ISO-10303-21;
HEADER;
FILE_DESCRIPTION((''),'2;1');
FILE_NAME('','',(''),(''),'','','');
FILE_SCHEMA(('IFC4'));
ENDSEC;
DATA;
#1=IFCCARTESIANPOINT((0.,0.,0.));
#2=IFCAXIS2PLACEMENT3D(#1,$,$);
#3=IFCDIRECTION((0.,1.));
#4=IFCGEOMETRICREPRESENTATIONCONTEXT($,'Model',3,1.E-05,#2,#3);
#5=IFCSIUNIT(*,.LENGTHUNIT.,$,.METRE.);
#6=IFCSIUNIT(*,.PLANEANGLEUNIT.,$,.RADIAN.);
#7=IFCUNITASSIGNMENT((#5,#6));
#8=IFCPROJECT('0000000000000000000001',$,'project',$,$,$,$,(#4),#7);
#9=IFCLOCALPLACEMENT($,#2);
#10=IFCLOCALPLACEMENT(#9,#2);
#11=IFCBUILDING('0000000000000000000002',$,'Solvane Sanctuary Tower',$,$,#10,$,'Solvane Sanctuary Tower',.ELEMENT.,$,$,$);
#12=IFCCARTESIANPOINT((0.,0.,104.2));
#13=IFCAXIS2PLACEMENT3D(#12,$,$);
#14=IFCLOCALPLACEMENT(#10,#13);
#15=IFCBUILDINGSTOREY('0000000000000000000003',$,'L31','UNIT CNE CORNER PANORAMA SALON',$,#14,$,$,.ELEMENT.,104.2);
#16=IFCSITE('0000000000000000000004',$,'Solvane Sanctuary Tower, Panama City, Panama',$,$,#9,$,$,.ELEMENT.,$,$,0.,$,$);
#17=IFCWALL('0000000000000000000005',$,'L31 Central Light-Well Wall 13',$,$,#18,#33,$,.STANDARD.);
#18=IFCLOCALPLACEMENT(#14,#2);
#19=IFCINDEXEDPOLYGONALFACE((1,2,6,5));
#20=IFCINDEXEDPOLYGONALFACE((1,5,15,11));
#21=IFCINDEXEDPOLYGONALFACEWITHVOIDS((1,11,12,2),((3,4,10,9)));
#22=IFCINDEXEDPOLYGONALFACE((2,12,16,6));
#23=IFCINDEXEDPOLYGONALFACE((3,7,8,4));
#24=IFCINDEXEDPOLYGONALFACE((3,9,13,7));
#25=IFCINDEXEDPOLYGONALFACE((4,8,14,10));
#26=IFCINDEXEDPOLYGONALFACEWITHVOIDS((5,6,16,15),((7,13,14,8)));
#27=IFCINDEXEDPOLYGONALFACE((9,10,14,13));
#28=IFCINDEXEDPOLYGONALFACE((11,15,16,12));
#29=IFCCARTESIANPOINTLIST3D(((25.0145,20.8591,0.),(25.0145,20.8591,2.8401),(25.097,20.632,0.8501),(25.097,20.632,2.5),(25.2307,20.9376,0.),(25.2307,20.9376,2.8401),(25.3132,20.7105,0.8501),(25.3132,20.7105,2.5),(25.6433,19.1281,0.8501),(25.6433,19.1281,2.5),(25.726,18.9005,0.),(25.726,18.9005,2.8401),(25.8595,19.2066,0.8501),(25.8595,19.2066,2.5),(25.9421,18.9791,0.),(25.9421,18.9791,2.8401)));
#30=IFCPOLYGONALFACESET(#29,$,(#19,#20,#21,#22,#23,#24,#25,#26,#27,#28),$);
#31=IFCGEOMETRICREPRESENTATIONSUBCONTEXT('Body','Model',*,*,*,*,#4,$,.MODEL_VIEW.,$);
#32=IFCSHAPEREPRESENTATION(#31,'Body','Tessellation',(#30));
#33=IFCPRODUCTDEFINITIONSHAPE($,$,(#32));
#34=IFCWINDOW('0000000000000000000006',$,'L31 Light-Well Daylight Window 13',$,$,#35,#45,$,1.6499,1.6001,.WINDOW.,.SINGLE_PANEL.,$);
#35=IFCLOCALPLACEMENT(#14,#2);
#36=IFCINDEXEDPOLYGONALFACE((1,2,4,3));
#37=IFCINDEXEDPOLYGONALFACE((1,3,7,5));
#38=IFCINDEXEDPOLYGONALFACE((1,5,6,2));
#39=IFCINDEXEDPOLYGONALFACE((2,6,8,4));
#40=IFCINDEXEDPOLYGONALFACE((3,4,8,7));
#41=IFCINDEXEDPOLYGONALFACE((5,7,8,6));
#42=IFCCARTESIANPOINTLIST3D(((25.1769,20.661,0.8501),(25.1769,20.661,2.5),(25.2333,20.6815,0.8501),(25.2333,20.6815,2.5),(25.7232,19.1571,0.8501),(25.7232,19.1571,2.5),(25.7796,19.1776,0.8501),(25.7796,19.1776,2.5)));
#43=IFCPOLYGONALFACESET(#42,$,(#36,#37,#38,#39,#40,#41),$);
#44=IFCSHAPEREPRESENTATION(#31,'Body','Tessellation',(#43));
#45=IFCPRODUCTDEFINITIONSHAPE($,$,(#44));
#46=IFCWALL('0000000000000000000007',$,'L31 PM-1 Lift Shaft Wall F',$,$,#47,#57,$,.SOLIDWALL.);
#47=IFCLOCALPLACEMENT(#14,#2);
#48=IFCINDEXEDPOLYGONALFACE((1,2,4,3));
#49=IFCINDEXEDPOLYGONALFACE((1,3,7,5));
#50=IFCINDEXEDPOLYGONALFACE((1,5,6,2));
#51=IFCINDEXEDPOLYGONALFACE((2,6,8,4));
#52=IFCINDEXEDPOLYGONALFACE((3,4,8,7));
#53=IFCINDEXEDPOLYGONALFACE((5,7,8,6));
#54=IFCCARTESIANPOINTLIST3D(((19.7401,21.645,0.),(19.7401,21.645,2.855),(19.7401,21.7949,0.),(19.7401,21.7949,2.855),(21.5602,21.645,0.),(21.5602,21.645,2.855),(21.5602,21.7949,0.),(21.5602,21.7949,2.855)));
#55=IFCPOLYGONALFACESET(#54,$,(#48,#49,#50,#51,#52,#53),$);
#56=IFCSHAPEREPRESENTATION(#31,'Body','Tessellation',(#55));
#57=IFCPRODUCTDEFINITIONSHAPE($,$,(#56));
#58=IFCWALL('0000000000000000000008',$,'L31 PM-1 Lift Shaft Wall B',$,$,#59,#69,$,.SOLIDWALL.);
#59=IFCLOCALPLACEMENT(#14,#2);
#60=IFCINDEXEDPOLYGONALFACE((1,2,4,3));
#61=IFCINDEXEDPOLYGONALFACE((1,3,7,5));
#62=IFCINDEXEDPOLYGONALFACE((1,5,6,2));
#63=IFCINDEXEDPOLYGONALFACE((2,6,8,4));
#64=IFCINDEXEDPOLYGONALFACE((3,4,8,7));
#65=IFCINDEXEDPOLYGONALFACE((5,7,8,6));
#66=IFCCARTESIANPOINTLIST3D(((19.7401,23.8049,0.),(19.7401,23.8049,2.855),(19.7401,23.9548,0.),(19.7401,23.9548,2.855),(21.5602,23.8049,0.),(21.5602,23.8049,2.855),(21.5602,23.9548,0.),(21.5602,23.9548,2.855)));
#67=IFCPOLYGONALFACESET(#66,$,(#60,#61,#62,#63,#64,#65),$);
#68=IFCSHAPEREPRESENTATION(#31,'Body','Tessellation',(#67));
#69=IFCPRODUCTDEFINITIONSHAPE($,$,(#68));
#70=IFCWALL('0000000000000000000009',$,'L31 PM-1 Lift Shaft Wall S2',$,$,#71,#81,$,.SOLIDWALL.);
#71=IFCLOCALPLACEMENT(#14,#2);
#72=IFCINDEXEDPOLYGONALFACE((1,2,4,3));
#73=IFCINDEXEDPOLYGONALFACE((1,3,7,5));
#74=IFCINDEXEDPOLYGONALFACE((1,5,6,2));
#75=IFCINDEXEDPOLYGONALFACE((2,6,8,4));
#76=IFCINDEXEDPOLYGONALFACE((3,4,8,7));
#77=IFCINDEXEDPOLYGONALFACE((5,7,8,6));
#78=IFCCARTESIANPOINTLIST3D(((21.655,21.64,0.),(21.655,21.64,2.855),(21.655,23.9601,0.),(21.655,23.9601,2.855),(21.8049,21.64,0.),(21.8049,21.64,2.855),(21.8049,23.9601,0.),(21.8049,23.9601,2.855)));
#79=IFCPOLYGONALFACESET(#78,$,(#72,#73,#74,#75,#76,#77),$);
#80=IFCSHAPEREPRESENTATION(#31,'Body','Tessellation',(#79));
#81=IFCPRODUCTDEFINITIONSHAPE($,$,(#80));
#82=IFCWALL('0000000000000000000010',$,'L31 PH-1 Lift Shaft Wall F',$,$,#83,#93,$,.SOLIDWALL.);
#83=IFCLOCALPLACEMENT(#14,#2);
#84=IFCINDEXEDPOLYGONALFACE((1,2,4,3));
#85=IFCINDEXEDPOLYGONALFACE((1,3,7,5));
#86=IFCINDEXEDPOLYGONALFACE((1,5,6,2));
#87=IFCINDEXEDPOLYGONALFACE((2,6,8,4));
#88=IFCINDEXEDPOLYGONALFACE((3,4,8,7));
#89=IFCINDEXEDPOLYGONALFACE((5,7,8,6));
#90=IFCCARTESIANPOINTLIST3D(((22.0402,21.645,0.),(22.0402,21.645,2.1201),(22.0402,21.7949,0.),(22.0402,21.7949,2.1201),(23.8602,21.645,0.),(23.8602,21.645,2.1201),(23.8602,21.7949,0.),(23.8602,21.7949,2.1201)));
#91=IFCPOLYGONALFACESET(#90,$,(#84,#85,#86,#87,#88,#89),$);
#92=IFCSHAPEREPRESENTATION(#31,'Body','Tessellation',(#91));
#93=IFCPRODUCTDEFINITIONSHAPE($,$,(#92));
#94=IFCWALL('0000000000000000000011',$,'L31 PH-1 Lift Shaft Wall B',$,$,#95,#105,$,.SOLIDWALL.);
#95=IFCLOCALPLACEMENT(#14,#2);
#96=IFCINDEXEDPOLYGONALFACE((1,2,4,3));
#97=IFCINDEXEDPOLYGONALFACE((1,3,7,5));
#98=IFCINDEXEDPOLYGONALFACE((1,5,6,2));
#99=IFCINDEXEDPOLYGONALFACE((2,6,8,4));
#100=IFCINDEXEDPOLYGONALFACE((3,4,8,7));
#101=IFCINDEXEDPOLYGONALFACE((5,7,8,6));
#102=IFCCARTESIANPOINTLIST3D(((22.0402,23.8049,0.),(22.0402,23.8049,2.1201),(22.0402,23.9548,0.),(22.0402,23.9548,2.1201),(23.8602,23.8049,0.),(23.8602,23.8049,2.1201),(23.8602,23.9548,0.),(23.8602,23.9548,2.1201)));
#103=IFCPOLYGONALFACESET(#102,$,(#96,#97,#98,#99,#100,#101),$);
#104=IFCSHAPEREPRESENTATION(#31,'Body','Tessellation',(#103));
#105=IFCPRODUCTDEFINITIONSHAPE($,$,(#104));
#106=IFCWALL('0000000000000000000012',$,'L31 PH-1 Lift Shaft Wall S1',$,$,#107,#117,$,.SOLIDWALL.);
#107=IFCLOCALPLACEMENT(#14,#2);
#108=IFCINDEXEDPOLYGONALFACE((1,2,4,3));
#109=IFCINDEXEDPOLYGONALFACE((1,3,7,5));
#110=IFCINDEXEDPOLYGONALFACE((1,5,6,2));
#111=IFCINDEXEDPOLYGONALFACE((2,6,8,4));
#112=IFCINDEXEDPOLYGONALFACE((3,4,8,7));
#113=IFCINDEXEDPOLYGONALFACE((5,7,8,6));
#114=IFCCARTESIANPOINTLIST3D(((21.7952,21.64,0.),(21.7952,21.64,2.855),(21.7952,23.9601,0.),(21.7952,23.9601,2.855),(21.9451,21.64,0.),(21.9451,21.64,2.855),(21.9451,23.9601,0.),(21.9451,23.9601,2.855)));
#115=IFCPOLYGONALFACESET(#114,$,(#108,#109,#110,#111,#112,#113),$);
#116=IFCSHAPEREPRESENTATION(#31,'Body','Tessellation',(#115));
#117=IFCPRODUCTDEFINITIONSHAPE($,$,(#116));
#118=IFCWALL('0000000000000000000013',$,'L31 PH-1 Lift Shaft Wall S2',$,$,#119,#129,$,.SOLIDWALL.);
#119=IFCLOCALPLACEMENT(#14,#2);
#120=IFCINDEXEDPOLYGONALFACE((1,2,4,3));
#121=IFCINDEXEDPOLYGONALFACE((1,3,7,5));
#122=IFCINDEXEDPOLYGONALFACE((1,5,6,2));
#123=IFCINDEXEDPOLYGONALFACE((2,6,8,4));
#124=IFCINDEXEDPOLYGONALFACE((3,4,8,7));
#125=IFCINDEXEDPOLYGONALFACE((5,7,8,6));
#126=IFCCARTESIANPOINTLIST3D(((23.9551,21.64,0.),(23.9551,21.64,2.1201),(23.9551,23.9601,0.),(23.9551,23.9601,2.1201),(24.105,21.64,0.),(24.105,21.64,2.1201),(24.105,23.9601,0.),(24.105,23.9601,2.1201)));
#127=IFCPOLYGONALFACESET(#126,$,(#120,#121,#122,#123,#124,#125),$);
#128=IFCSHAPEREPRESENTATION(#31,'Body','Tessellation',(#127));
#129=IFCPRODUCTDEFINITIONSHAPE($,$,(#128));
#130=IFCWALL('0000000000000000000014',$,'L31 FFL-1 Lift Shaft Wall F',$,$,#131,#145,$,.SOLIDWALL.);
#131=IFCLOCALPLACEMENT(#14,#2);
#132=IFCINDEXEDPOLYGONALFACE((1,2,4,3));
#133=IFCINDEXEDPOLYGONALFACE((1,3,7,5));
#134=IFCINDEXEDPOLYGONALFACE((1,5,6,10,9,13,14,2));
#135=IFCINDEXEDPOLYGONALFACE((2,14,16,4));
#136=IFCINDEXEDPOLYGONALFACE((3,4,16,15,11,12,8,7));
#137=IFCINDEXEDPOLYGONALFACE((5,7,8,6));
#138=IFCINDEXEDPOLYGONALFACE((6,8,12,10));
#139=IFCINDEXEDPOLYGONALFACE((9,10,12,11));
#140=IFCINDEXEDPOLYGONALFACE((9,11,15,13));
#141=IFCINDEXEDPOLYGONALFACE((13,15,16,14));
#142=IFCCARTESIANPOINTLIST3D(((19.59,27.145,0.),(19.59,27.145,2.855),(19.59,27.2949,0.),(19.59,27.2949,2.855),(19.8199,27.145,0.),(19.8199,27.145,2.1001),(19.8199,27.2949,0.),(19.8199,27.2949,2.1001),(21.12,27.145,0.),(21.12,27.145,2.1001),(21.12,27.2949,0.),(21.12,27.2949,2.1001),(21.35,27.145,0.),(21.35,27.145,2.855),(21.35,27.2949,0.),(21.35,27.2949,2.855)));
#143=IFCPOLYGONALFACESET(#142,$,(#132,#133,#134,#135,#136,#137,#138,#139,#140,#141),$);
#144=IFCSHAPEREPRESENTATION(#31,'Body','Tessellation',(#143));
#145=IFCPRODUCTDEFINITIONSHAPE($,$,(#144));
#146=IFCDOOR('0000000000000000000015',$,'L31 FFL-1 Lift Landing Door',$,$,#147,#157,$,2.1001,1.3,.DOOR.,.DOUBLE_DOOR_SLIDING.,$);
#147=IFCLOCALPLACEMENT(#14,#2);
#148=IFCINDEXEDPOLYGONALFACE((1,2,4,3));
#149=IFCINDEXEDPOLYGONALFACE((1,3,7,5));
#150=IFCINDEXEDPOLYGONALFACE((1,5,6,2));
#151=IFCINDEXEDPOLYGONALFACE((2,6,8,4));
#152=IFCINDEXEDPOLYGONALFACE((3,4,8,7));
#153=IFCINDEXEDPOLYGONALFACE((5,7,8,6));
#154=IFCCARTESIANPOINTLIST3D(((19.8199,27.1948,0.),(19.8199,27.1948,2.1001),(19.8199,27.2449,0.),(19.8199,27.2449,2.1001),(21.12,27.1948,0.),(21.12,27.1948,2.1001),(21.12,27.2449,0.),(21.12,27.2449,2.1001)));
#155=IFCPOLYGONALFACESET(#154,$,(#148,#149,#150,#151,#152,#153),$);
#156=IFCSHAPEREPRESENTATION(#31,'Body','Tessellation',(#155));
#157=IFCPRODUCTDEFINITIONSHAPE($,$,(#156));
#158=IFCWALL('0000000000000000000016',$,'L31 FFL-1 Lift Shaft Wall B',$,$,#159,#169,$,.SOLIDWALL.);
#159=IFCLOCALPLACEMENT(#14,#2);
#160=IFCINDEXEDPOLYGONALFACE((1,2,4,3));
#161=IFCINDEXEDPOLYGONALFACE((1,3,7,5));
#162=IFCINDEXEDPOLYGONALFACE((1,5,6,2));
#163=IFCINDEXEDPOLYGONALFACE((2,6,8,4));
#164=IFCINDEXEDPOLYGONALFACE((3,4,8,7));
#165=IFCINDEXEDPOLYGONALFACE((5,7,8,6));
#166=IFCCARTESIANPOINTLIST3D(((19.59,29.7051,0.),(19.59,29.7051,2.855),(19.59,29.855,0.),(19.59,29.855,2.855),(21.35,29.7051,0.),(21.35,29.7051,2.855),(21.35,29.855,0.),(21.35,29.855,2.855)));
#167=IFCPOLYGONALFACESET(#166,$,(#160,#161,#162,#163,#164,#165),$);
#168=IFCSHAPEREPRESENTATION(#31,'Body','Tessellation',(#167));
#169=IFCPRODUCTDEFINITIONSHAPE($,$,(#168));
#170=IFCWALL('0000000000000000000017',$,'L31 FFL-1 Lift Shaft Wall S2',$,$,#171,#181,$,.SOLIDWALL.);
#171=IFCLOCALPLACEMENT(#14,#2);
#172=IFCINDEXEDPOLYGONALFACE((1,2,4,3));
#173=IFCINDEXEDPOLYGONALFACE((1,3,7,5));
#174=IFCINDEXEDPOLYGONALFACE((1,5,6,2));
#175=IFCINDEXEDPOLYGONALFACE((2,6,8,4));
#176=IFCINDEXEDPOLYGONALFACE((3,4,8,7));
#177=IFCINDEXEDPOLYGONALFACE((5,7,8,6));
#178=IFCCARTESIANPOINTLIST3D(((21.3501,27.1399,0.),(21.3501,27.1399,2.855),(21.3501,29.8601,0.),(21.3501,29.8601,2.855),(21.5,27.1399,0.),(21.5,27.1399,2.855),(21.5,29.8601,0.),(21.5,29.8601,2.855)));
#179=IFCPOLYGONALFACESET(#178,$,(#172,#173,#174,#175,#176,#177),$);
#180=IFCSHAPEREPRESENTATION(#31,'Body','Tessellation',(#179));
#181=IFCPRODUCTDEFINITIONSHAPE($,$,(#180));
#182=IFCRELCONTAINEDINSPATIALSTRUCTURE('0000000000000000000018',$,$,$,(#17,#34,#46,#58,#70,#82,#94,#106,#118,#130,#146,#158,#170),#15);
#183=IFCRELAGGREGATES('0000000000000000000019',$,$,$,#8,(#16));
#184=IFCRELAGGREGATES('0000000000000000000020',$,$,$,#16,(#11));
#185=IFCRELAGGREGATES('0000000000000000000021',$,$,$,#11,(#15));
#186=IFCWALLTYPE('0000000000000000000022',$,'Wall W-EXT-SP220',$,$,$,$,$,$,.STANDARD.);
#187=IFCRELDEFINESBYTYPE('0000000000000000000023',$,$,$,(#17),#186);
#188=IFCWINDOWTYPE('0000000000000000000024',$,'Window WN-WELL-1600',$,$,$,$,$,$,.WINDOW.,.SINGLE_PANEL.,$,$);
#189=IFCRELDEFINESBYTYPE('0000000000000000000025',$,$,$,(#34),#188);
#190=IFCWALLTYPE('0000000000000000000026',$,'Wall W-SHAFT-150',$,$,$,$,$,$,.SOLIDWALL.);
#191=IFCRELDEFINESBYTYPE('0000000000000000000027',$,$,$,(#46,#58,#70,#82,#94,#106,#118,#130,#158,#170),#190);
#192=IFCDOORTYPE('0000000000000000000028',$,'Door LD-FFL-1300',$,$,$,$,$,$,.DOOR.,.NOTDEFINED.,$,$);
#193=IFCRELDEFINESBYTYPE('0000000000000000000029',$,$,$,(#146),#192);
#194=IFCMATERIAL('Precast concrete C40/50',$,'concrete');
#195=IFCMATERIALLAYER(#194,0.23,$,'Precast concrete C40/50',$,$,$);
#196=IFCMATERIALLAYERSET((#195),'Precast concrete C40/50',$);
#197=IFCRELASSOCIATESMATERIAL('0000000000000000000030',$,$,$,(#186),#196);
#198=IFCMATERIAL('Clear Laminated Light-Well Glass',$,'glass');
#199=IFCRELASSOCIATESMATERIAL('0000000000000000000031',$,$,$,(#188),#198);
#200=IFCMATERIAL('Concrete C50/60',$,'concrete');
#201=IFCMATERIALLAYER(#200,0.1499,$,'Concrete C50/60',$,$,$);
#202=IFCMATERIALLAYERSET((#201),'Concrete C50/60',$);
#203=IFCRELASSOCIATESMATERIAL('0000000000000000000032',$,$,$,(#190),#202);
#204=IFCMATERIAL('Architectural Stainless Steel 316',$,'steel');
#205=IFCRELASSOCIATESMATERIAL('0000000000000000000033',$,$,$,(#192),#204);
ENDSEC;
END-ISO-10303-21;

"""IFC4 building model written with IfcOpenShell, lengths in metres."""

from ifc_helpers import new_model, si_unit, direction, frame, frame_2d, origin, place, context, subcontext, project, spatial, rectangle, extrude, material, layer, layer_set, type_object, element, fill, save


model = new_model("IFC4")

# Units and contexts
model_context = context("Model", 3, precision=1e-05, world=origin(), true_north=direction((0.0, 1.0)))
body_context = subcontext(model_context, "Body", "Model", "MODEL_VIEW")
ifc_project = project(units=[si_unit("LENGTHUNIT", "METRE"), si_unit("PLANEANGLEUNIT", "RADIAN")], contexts=[model_context])

# Site, building, storey
site_placement = place(None, origin())
site = spatial("IfcSite", under=ifc_project, at=site_placement, Name="Solvane Sanctuary Tower, Panama City, Panama", CompositionType="ELEMENT", RefElevation=0.0)
building_placement = place(site_placement, origin())
building = spatial("IfcBuilding", under=site, at=building_placement, Name="Solvane Sanctuary Tower", LongName="Solvane Sanctuary Tower", CompositionType="ELEMENT")
storey_placement = place(building_placement, frame((0.0, 0.0, 104.2)))
storey = spatial("IfcBuildingStorey", under=building, at=storey_placement, Name="L31", Description="UNIT CNE CORNER PANORAMA SALON", CompositionType="ELEMENT", Elevation=104.2)

# Shared definitions
ifc_material_1 = material(Name="Architectural Stainless Steel 316", Category="steel")

# Shared definitions
ifc_material_2 = material(Name="Precast concrete C40/50", Category="concrete")
ifc_layer_1 = layer(ifc_material_2, 0.23, Name="Precast concrete C40/50")
ifc_layer_set_1 = layer_set([ifc_layer_1], Name="Precast concrete C40/50")
wall_type_1 = type_object("IfcWallType", Name="Wall W-EXT-SP220", PredefinedType="STANDARD", material=ifc_layer_set_1)

# Shared definitions
ifc_material_3 = material(Name="Clear Laminated Light-Well Glass", Category="glass")
window_type = type_object("IfcWindowType", Name="Window WN-WELL-1600", PartitioningType="SINGLE_PANEL", PredefinedType="WINDOW", material=ifc_material_3)

# Wall, opening, window
wall_1_placement = place(storey_placement, frame((25.1226, 20.8984, 0.0), z_axis=(0.0, 0.0, 1.0), x_axis=(0.341423, -0.93991, 0.0)))
wall_1 = element("IfcWall", 1, at=wall_1_placement, inside=storey, type_object=wall_type_1, Name="L31 Central Light-Well Wall 13", PredefinedType="STANDARD", context=body_context, shape_type="SweptSolid", body=[
    extrude(rectangle(XDim=2.0837, YDim=0.23, at=frame_2d((1.042, 0.0))), origin(), (0.0, 0.0, 1.0), 2.8401),
])
opening_1_placement = place(wall_1_placement, frame((0.2417, 0.0, 0.8501)))
opening_1 = element("IfcOpeningElement", 2, at=opening_1_placement, cuts=wall_1, PredefinedType="OPENING", context=body_context, shape_type="SweptSolid", body=[
    extrude(rectangle(XDim=1.6001, YDim=1.6499, at=frame_2d((0.8, 0.825))), frame((0.0, 0.125, 0.0), z_axis=(0.0, -1.0, 0.0), x_axis=(1.0, 0.0, 0.0)), (0.0, 0.0, 1.0), 0.25),
])
window_1_placement = place(opening_1_placement, origin())
window_1 = element("IfcWindow", 3, at=window_1_placement, inside=storey, type_object=window_type, Name="L31 Light-Well Daylight Window 13", OverallHeight=1.6499, OverallWidth=1.6001, PartitioningType="SINGLE_PANEL", PredefinedType="WINDOW", context=body_context, shape_type="SweptSolid", body=[
    extrude(rectangle(XDim=1.6001, YDim=1.6499, at=frame_2d((0.8, 0.825))), frame((0.0, 0.03, 0.0), z_axis=(0.0, -1.0, 0.0), x_axis=(1.0, 0.0, 0.0)), (0.0, 0.0, 1.0), 0.0601),
])
fill(opening_1, window_1)

# Walls
ifc_material_4 = material(Name="Concrete C50/60", Category="concrete")
ifc_layer_2 = layer(ifc_material_4, 0.1499, Name="Concrete C50/60")
ifc_layer_set_2 = layer_set([ifc_layer_2], Name="Concrete C50/60")
wall_type_2 = type_object("IfcWallType", Name="Wall W-SHAFT-150", PredefinedType="SOLIDWALL", material=ifc_layer_set_2)
for number, where, z_axis, x_axis, name in (
    (4, (19.74, 21.72, 0.0), (0.0, 0.0, 1.0), (1.0, 0.0, 0.0), "L31 PM-1 Lift Shaft Wall F"),
    (5, (19.74, 23.8799, 0.0), (0.0, 0.0, 1.0), (1.0, 0.0, 0.0), "L31 PM-1 Lift Shaft Wall B"),
):
    element("IfcWall", number, at=place(storey_placement, frame(where, z_axis=z_axis, x_axis=x_axis)), inside=storey, type_object=wall_type_2, Name=name, PredefinedType="SOLIDWALL", context=body_context, shape_type="SweptSolid", body=[
        extrude(rectangle(XDim=1.8201, YDim=0.1499, at=frame_2d((0.9102, 0.0))), origin(), (0.0, 0.0, 1.0), 2.855),
    ])
wall_2_placement = place(storey_placement, frame((21.73, 21.6399, 0.0), z_axis=(0.0, 0.0, 1.0), x_axis=(0.0, 1.0, 0.0)))
element("IfcWall", 6, at=wall_2_placement, inside=storey, type_object=wall_type_2, Name="L31 PM-1 Lift Shaft Wall S2", PredefinedType="SOLIDWALL", context=body_context, shape_type="SweptSolid", body=[
    extrude(rectangle(XDim=2.3201, YDim=0.1499, at=frame_2d((1.1602, 0.0))), origin(), (0.0, 0.0, 1.0), 2.855),
])
for number, where, z_axis, x_axis, name in (
    (7, (22.04, 21.72, 0.0), (0.0, 0.0, 1.0), (1.0, 0.0, 0.0), "L31 PH-1 Lift Shaft Wall F"),
    (8, (22.04, 23.8799, 0.0), (0.0, 0.0, 1.0), (1.0, 0.0, 0.0), "L31 PH-1 Lift Shaft Wall B"),
):
    element("IfcWall", number, at=place(storey_placement, frame(where, z_axis=z_axis, x_axis=x_axis)), inside=storey, type_object=wall_type_2, Name=name, PredefinedType="SOLIDWALL", context=body_context, shape_type="SweptSolid", body=[
        extrude(rectangle(XDim=1.8201, YDim=0.1499, at=frame_2d((0.9102, 0.0))), origin(), (0.0, 0.0, 1.0), 2.1201),
    ])
wall_3_placement = place(storey_placement, frame((21.8701, 21.6399, 0.0), z_axis=(0.0, 0.0, 1.0), x_axis=(0.0, 1.0, 0.0)))
element("IfcWall", 9, at=wall_3_placement, inside=storey, type_object=wall_type_2, Name="L31 PH-1 Lift Shaft Wall S1", PredefinedType="SOLIDWALL", context=body_context, shape_type="SweptSolid", body=[
    extrude(rectangle(XDim=2.3201, YDim=0.1499, at=frame_2d((1.1602, 0.0))), origin(), (0.0, 0.0, 1.0), 2.855),
])
wall_4_placement = place(storey_placement, frame((24.03, 21.6399, 0.0), z_axis=(0.0, 0.0, 1.0), x_axis=(0.0, 1.0, 0.0)))
element("IfcWall", 10, at=wall_4_placement, inside=storey, type_object=wall_type_2, Name="L31 PH-1 Lift Shaft Wall S2", PredefinedType="SOLIDWALL", context=body_context, shape_type="SweptSolid", body=[
    extrude(rectangle(XDim=2.3201, YDim=0.1499, at=frame_2d((1.1602, 0.0))), origin(), (0.0, 0.0, 1.0), 2.1201),
])

# Wall, opening, door
wall_5_placement = place(storey_placement, frame((19.5901, 27.22, 0.0), z_axis=(0.0, 0.0, 1.0), x_axis=(1.0, 0.0, 0.0)))
wall_5 = element("IfcWall", 11, at=wall_5_placement, inside=storey, type_object=wall_type_2, Name="L31 FFL-1 Lift Shaft Wall F", PredefinedType="SOLIDWALL", context=body_context, shape_type="SweptSolid", body=[
    extrude(rectangle(XDim=1.76, YDim=0.1499, at=frame_2d((0.8799, 0.0))), origin(), (0.0, 0.0, 1.0), 2.855),
])
opening_2_placement = place(wall_5_placement, frame((0.23, 0.0, 0.0)))
opening_2 = element("IfcOpeningElement", 12, at=opening_2_placement, cuts=wall_5, PredefinedType="OPENING", context=body_context, shape_type="SweptSolid", body=[
    extrude(rectangle(XDim=1.3, YDim=2.1001, at=frame_2d((0.6499, 1.05))), frame((0.0, 0.085, 0.0), z_axis=(0.0, -1.0, 0.0), x_axis=(1.0, 0.0, 0.0)), (0.0, 0.0, 1.0), 0.1699),
])
door_type_1 = type_object("IfcDoorType", Name="Door LD-FFL-1300", OperationType="NOTDEFINED", PredefinedType="DOOR", material=ifc_material_1)
door_1_placement = place(opening_2_placement, origin())
door_1 = element("IfcDoor", 13, at=door_1_placement, inside=storey, type_object=door_type_1, Name="L31 FFL-1 Lift Landing Door", OperationType="DOUBLE_DOOR_SLIDING", OverallHeight=2.1001, OverallWidth=1.3, PredefinedType="DOOR", context=body_context, shape_type="SweptSolid", body=[
    extrude(rectangle(XDim=1.3, YDim=2.1001, at=frame_2d((0.6499, 1.05))), frame((0.0, 0.0249, 0.0), z_axis=(0.0, -1.0, 0.0), x_axis=(1.0, 0.0, 0.0)), (0.0, 0.0, 1.0), 0.05),
])
fill(opening_2, door_1)

# Walls
wall_6_placement = place(storey_placement, frame((19.5901, 29.78, 0.0), z_axis=(0.0, 0.0, 1.0), x_axis=(1.0, 0.0, 0.0)))
element("IfcWall", 14, at=wall_6_placement, inside=storey, type_object=wall_type_2, Name="L31 FFL-1 Lift Shaft Wall B", PredefinedType="SOLIDWALL", context=body_context, shape_type="SweptSolid", body=[
    extrude(rectangle(XDim=1.76, YDim=0.1499, at=frame_2d((0.8799, 0.0))), origin(), (0.0, 0.0, 1.0), 2.855),
])
wall_7_placement = place(storey_placement, frame((21.425, 27.1399, 0.0), z_axis=(0.0, 0.0, 1.0), x_axis=(0.0, 1.0, 0.0)))
element("IfcWall", 15, at=wall_7_placement, inside=storey, type_object=wall_type_2, Name="L31 FFL-1 Lift Shaft Wall S2", PredefinedType="SOLIDWALL", context=body_context, shape_type="SweptSolid", body=[
    extrude(rectangle(XDim=2.7202, YDim=0.1499, at=frame_2d((1.3601, 0.0))), origin(), (0.0, 0.0, 1.0), 2.855),
])

save(model, "model.ifc")
